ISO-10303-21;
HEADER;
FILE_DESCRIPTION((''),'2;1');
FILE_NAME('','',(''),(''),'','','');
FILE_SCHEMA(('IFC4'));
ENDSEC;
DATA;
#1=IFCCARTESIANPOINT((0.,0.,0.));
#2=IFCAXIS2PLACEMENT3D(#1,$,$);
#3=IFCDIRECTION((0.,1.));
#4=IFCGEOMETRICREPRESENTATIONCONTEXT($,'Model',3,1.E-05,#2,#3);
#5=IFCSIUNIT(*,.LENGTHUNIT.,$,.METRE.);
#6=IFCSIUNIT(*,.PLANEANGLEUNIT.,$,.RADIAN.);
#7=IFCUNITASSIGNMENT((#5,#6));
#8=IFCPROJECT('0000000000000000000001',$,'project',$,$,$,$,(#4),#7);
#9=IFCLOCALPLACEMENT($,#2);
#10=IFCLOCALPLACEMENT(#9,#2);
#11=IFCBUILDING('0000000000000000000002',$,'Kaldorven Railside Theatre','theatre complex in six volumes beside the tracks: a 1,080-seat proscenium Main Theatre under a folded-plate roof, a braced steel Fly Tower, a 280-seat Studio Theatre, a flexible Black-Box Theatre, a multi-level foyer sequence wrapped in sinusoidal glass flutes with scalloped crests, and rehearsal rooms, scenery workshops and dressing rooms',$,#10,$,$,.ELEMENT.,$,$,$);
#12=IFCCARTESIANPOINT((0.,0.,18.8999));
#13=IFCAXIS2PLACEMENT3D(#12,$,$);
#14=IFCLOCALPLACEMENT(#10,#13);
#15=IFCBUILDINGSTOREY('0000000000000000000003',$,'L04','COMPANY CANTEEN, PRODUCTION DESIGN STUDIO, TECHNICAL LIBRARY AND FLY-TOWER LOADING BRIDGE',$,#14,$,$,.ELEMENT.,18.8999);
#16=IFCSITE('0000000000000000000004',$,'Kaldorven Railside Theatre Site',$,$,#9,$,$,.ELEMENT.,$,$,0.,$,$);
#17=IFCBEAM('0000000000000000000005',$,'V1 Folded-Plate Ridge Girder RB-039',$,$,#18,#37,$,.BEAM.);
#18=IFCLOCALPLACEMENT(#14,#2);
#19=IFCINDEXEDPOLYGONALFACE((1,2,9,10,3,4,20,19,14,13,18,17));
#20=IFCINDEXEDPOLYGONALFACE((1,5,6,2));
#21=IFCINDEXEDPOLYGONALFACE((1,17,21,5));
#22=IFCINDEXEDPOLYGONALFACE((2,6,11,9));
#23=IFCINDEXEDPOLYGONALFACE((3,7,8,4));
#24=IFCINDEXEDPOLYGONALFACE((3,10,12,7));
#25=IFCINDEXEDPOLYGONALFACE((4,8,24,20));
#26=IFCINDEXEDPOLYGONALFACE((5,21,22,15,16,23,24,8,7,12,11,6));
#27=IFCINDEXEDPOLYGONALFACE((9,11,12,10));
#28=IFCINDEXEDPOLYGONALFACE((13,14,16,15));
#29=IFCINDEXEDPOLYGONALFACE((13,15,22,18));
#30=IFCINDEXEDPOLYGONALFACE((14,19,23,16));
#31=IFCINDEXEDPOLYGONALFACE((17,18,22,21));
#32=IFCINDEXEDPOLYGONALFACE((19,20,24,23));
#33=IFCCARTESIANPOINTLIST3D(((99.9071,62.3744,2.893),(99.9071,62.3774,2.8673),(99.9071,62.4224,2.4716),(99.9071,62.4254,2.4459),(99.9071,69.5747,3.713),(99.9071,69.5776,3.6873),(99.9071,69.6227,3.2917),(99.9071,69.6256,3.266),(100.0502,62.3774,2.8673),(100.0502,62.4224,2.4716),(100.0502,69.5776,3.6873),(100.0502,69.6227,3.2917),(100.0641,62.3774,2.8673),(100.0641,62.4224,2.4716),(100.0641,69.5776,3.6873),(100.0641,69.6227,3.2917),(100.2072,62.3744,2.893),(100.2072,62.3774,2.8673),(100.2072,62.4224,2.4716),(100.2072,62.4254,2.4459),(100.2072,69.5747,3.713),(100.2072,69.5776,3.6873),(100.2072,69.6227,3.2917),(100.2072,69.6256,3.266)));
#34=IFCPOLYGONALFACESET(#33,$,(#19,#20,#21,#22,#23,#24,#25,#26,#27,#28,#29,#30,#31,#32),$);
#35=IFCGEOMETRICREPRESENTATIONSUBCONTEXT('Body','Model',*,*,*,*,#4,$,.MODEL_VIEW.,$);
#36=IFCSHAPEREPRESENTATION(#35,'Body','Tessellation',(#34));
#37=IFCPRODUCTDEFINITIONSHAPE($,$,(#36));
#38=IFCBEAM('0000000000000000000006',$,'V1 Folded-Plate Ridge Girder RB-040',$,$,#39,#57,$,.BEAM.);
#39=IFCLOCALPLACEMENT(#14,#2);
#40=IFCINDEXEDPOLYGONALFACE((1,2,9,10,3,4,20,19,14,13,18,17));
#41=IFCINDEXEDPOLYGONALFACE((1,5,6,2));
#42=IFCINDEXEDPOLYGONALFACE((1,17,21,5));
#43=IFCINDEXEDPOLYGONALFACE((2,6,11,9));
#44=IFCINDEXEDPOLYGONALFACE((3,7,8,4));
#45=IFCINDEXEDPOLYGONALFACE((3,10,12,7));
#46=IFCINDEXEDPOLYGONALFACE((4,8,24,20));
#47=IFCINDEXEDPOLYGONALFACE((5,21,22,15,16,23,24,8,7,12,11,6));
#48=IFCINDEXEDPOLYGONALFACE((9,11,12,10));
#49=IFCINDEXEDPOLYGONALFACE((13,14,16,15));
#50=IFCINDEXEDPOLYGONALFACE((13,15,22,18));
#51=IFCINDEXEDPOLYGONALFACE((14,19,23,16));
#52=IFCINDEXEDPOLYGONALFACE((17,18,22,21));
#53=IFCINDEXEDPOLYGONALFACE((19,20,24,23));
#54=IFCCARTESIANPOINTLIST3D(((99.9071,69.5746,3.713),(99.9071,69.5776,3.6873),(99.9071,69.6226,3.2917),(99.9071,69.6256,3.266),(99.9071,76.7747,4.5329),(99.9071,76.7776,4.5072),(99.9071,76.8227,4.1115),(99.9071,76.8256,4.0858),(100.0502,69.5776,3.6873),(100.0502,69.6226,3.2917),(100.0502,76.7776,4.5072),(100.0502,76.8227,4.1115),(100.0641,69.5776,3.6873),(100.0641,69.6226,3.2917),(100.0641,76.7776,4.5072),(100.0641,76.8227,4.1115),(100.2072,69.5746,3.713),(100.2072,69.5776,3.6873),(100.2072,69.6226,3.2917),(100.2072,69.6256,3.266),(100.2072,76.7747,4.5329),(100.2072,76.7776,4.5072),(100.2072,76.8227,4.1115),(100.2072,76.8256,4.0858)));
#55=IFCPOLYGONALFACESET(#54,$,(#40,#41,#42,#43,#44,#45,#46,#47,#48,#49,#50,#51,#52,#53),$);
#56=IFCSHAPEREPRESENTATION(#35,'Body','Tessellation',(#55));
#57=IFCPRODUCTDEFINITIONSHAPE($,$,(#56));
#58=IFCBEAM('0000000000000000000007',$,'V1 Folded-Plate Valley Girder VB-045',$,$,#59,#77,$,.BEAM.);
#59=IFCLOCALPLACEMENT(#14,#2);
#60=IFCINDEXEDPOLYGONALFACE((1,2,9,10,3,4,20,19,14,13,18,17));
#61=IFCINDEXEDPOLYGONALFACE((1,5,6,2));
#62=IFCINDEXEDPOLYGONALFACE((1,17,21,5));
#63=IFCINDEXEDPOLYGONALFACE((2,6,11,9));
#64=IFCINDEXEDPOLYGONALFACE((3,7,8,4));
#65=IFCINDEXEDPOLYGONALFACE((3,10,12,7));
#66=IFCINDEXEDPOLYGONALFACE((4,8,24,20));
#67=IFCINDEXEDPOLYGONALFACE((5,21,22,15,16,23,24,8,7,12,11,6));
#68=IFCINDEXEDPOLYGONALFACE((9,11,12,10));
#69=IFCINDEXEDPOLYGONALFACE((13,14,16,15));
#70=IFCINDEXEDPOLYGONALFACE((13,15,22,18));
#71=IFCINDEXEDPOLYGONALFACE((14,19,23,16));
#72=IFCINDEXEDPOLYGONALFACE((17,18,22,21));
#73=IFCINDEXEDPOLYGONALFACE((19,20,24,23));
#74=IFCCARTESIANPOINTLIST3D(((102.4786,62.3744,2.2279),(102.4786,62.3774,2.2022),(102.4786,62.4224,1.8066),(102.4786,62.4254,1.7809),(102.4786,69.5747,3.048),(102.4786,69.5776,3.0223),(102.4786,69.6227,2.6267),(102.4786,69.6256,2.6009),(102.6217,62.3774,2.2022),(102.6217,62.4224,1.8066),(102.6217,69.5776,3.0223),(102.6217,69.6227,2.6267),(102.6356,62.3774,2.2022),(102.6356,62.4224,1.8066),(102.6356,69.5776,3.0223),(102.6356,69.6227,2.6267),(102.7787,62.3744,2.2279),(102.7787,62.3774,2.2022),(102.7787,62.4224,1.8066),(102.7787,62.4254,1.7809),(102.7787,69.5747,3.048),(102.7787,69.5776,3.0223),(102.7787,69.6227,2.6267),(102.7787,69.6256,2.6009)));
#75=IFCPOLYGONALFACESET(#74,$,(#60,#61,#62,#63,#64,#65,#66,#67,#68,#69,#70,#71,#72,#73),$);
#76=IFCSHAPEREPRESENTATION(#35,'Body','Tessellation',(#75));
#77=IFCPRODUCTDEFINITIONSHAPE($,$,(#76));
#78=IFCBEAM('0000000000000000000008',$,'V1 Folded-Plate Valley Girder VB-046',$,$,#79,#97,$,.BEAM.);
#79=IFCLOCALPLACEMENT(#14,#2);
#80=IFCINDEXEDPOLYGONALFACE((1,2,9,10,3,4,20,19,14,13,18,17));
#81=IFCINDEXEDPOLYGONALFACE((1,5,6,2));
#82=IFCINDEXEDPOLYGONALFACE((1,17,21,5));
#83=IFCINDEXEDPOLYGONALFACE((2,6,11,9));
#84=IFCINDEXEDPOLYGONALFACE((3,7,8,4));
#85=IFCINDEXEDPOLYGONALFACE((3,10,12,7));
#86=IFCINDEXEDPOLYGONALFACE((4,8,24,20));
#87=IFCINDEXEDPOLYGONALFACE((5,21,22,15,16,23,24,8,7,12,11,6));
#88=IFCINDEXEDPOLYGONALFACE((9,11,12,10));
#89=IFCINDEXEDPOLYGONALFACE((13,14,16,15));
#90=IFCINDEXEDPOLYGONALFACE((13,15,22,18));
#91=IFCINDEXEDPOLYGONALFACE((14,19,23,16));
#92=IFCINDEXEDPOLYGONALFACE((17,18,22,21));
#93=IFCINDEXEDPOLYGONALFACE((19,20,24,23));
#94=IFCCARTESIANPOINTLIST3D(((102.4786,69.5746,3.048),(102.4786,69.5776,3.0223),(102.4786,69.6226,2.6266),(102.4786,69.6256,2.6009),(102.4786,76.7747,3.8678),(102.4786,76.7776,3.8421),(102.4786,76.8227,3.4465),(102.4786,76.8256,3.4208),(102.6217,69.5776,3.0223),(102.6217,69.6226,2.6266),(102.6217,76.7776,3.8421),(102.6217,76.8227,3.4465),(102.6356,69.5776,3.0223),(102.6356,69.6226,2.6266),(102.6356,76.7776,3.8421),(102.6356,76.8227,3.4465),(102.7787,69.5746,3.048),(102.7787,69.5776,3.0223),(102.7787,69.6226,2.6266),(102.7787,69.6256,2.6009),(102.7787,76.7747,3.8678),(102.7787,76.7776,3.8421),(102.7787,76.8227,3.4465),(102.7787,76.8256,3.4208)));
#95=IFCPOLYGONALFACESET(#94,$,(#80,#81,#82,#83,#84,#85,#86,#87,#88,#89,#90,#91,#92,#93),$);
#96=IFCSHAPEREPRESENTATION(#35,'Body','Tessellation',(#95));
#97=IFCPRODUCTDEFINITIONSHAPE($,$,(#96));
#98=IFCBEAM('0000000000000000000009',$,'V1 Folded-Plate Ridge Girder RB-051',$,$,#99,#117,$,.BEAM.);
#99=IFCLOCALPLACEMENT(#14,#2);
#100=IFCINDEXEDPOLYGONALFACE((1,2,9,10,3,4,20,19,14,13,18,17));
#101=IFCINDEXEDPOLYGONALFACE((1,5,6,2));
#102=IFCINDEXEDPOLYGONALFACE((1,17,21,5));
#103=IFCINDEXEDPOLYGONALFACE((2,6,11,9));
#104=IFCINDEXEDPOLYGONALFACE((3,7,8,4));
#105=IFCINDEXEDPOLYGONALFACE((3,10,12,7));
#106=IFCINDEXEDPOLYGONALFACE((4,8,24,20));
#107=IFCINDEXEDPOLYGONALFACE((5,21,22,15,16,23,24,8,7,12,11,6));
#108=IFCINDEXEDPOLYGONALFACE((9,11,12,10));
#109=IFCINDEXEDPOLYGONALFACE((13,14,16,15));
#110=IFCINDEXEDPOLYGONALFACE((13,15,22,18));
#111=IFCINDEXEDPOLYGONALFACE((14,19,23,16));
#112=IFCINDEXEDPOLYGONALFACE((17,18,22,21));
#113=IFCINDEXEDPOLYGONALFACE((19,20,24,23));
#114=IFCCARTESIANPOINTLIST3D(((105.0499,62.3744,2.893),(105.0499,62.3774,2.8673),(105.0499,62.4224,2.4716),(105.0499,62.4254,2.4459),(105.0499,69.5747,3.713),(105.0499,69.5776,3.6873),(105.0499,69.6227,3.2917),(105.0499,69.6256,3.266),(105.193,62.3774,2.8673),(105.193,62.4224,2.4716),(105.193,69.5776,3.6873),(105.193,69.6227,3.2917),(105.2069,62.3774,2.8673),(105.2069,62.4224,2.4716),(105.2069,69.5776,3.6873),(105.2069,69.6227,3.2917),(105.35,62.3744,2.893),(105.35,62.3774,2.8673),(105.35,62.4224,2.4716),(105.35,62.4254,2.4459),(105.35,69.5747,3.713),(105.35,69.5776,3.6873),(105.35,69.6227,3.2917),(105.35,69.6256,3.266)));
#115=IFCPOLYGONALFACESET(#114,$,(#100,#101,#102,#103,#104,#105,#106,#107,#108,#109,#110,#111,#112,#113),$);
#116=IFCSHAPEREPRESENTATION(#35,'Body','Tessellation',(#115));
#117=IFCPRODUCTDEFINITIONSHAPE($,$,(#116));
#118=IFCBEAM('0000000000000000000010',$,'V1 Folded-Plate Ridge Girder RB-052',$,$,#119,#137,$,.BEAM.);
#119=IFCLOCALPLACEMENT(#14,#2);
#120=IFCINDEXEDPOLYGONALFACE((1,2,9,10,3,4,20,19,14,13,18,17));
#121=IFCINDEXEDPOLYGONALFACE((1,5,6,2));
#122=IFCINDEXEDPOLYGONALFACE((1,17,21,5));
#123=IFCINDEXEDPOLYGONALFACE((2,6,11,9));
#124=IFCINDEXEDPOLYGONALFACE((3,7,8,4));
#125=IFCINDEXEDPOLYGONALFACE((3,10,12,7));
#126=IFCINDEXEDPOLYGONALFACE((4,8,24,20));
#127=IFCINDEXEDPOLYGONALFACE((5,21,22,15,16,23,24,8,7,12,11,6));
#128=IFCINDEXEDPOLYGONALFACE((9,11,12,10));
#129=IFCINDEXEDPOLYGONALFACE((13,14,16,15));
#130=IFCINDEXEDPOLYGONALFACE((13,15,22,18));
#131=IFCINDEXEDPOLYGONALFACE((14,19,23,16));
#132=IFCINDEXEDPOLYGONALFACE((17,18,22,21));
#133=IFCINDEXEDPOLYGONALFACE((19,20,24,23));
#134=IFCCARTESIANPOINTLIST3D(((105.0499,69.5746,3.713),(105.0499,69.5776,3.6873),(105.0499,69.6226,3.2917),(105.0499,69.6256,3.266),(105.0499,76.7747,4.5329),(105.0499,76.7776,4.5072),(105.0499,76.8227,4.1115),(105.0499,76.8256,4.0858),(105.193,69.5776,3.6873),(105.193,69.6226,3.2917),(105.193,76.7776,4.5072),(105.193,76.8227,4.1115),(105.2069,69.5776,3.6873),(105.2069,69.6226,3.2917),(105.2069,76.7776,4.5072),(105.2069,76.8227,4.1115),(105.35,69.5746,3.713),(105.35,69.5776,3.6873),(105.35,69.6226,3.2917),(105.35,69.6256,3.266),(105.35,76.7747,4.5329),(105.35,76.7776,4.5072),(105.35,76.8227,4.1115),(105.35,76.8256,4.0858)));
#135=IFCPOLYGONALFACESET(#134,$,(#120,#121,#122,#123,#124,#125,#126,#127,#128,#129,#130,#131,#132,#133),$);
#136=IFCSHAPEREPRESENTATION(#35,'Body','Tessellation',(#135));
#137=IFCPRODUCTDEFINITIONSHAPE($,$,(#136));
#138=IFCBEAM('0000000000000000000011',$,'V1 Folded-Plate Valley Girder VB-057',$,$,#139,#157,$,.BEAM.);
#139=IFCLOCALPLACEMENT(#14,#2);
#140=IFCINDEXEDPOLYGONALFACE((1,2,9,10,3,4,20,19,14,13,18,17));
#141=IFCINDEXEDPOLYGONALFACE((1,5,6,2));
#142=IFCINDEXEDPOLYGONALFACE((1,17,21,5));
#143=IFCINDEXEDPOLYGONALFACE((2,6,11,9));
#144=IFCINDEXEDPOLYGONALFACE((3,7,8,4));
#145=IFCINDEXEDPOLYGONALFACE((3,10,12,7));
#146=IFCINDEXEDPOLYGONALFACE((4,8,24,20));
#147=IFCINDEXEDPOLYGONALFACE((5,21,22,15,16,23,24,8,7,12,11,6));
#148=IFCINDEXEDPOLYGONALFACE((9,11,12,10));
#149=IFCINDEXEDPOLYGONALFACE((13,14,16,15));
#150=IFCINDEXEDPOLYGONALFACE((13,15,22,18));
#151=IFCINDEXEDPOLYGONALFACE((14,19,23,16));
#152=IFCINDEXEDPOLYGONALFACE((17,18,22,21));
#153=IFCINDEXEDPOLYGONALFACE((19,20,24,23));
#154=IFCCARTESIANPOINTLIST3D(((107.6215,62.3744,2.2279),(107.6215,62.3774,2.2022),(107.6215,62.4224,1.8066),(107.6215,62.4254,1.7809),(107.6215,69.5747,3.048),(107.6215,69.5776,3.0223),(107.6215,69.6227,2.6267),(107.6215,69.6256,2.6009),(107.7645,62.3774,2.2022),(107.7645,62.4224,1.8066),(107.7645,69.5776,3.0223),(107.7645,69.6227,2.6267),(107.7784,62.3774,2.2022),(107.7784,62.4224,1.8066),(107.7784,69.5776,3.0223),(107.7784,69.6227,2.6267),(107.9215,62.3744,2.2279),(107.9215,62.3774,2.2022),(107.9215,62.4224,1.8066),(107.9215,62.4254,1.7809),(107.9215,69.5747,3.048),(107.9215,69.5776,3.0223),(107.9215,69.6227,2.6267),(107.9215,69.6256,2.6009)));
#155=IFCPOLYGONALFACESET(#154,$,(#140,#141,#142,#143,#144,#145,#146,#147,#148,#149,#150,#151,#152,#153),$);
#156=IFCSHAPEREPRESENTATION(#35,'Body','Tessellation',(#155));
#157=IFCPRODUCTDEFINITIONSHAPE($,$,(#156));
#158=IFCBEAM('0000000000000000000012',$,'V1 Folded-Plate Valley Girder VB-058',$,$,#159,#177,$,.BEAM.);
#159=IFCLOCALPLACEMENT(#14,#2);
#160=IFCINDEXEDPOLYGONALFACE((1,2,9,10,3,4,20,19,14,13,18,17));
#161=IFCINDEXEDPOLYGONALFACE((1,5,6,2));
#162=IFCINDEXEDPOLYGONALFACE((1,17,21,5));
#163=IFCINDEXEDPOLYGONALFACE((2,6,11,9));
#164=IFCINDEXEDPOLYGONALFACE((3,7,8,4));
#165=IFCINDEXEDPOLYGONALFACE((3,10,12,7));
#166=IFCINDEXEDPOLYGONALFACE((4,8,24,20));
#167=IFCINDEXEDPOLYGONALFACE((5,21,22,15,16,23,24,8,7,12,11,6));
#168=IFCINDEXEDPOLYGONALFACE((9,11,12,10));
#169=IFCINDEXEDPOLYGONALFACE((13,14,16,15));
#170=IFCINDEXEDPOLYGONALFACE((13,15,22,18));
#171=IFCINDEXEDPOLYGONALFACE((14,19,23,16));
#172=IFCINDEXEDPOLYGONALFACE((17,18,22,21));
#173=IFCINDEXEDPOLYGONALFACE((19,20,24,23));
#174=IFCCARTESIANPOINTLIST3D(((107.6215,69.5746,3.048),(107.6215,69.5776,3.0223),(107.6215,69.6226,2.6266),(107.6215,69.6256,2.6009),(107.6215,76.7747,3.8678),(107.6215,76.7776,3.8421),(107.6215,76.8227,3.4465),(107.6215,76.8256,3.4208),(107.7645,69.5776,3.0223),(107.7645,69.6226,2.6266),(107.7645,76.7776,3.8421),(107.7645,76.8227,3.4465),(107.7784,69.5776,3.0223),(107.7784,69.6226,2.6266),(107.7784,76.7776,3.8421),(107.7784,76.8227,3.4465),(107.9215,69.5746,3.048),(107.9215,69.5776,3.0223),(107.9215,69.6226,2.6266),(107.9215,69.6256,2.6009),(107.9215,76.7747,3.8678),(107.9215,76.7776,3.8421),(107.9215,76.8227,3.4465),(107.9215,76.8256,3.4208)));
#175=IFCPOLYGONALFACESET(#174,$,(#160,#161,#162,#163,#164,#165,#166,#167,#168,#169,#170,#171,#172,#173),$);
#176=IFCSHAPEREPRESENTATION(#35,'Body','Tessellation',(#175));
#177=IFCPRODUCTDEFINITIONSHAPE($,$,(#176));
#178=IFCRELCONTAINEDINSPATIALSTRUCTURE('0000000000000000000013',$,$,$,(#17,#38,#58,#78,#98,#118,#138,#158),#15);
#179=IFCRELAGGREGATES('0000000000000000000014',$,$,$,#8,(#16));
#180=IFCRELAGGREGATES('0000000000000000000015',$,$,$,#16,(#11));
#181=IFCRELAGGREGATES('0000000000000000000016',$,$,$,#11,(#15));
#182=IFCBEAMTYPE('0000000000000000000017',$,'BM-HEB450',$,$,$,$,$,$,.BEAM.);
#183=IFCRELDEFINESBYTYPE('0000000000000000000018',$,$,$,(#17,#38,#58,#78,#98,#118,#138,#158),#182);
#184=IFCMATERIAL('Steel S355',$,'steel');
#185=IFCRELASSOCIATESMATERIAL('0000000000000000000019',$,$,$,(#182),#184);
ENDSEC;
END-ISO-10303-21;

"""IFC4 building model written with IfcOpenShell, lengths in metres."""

from ifc_helpers import new_model, si_unit, direction, frame, origin, origin_2d, place, context, subcontext, project, spatial, i_section, extrude, material, material_profile, profile_set, type_object, element, save


model = new_model("IFC4")

# Units and contexts
model_context = context("Model", 3, precision=1e-05, world=origin(), true_north=direction((0.0, 1.0)))
body_context = subcontext(model_context, "Body", "Model", "MODEL_VIEW")
ifc_project = project(units=[si_unit("LENGTHUNIT", "METRE"), si_unit("PLANEANGLEUNIT", "RADIAN")], contexts=[model_context])

# Site, building, storey
site_placement = place(None, origin())
site = spatial("IfcSite", under=ifc_project, at=site_placement, Name="Kaldorven Railside Theatre Site", CompositionType="ELEMENT", RefElevation=0.0)
building_placement = place(site_placement, origin())
building = spatial("IfcBuilding", under=site, at=building_placement, Name="Kaldorven Railside Theatre", Description="theatre complex in six volumes beside the tracks: a 1,080-seat proscenium Main Theatre under a folded-plate roof, a braced steel Fly Tower, a 280-seat Studio Theatre, a flexible Black-Box Theatre, a multi-level foyer sequence wrapped in sinusoidal glass flutes with scalloped crests, and rehearsal rooms, scenery workshops and dressing rooms", CompositionType="ELEMENT")
storey_placement = place(building_placement, frame((0.0, 0.0, 18.8999)))
storey = spatial("IfcBuildingStorey", under=building, at=storey_placement, Name="L04", Description="COMPANY CANTEEN, PRODUCTION DESIGN STUDIO, TECHNICAL LIBRARY AND FLY-TOWER LOADING BRIDGE", CompositionType="ELEMENT", Elevation=18.8999)

# Beams
ifc_material = material(Name="Steel S355", Category="steel")
ifc_material_profile_1 = material_profile(ifc_material, i_section(OverallWidth=0.3, OverallDepth=0.45, WebThickness=0.0139, FlangeThickness=0.0259, at=origin_2d()), Name="HEB 450")
ifc_profile_set_1 = profile_set([ifc_material_profile_1], Name="Steel S355")
beam_type = type_object("IfcBeamType", Name="BM-HEB450", PredefinedType="BEAM", material=ifc_profile_set_1)
beam_1_placement = place(storey_placement, frame((100.0571, 62.3999, 2.6694), z_axis=(0.0, 0.993576, 0.113164), x_axis=(-1.0, 0.0, 0.0)))
element("IfcBeam", 1, at=beam_1_placement, inside=storey, type_object=beam_type, Name="V1 Folded-Plate Ridge Girder RB-039", PredefinedType="BEAM", context=body_context, shape_type="SweptSolid", body=[
    extrude(i_section(OverallWidth=0.3, OverallDepth=0.45, WebThickness=0.0139, FlangeThickness=0.0259, at=origin_2d()), origin(), (0.0, 0.0, 1.0), 7.2468),
])
beam_2_placement = place(storey_placement, frame((100.0571, 69.6001, 3.4895), z_axis=(0.0, 0.99358, 0.113134), x_axis=(-1.0, 0.0, 0.0)))
element("IfcBeam", 2, at=beam_2_placement, inside=storey, type_object=beam_type, Name="V1 Folded-Plate Ridge Girder RB-040", PredefinedType="BEAM", context=body_context, shape_type="SweptSolid", body=[
    extrude(i_section(OverallWidth=0.3, OverallDepth=0.45, WebThickness=0.0139, FlangeThickness=0.0259, at=origin_2d()), origin(), (0.0, 0.0, 1.0), 7.2466),
])
beam_3_placement = place(storey_placement, frame((102.6287, 62.3999, 2.0044), z_axis=(0.0, 0.993576, 0.113164), x_axis=(-1.0, 0.0, 0.0)))
element("IfcBeam", 3, at=beam_3_placement, inside=storey, type_object=beam_type, Name="V1 Folded-Plate Valley Girder VB-045", PredefinedType="BEAM", context=body_context, shape_type="SweptSolid", body=[
    extrude(i_section(OverallWidth=0.3, OverallDepth=0.45, WebThickness=0.0139, FlangeThickness=0.0259, at=origin_2d()), origin(), (0.0, 0.0, 1.0), 7.2468),
])
beam_4_placement = place(storey_placement, frame((102.6287, 69.6001, 2.8245), z_axis=(0.0, 0.99358, 0.113134), x_axis=(-1.0, 0.0, 0.0)))
element("IfcBeam", 4, at=beam_4_placement, inside=storey, type_object=beam_type, Name="V1 Folded-Plate Valley Girder VB-046", PredefinedType="BEAM", context=body_context, shape_type="SweptSolid", body=[
    extrude(i_section(OverallWidth=0.3, OverallDepth=0.45, WebThickness=0.0139, FlangeThickness=0.0259, at=origin_2d()), origin(), (0.0, 0.0, 1.0), 7.2466),
])
beam_5_placement = place(storey_placement, frame((105.2, 62.3999, 2.6694), z_axis=(0.0, 0.993576, 0.113164), x_axis=(-1.0, 0.0, 0.0)))
element("IfcBeam", 5, at=beam_5_placement, inside=storey, type_object=beam_type, Name="V1 Folded-Plate Ridge Girder RB-051", PredefinedType="BEAM", context=body_context, shape_type="SweptSolid", body=[
    extrude(i_section(OverallWidth=0.3, OverallDepth=0.45, WebThickness=0.0139, FlangeThickness=0.0259, at=origin_2d()), origin(), (0.0, 0.0, 1.0), 7.2468),
])
beam_6_placement = place(storey_placement, frame((105.2, 69.6001, 3.4895), z_axis=(0.0, 0.99358, 0.113134), x_axis=(-1.0, 0.0, 0.0)))
element("IfcBeam", 6, at=beam_6_placement, inside=storey, type_object=beam_type, Name="V1 Folded-Plate Ridge Girder RB-052", PredefinedType="BEAM", context=body_context, shape_type="SweptSolid", body=[
    extrude(i_section(OverallWidth=0.3, OverallDepth=0.45, WebThickness=0.0139, FlangeThickness=0.0259, at=origin_2d()), origin(), (0.0, 0.0, 1.0), 7.2466),
])
beam_7_placement = place(storey_placement, frame((107.7715, 62.3999, 2.0044), z_axis=(0.0, 0.993576, 0.113164), x_axis=(-1.0, 0.0, 0.0)))
element("IfcBeam", 7, at=beam_7_placement, inside=storey, type_object=beam_type, Name="V1 Folded-Plate Valley Girder VB-057", PredefinedType="BEAM", context=body_context, shape_type="SweptSolid", body=[
    extrude(i_section(OverallWidth=0.3, OverallDepth=0.45, WebThickness=0.0139, FlangeThickness=0.0259, at=origin_2d()), origin(), (0.0, 0.0, 1.0), 7.2468),
])
beam_8_placement = place(storey_placement, frame((107.7715, 69.6001, 2.8245), z_axis=(0.0, 0.99358, 0.113134), x_axis=(-1.0, 0.0, 0.0)))
element("IfcBeam", 8, at=beam_8_placement, inside=storey, type_object=beam_type, Name="V1 Folded-Plate Valley Girder VB-058", PredefinedType="BEAM", context=body_context, shape_type="SweptSolid", body=[
    extrude(i_section(OverallWidth=0.3, OverallDepth=0.45, WebThickness=0.0139, FlangeThickness=0.0259, at=origin_2d()), origin(), (0.0, 0.0, 1.0), 7.2466),
])

save(model, "model.ifc")
